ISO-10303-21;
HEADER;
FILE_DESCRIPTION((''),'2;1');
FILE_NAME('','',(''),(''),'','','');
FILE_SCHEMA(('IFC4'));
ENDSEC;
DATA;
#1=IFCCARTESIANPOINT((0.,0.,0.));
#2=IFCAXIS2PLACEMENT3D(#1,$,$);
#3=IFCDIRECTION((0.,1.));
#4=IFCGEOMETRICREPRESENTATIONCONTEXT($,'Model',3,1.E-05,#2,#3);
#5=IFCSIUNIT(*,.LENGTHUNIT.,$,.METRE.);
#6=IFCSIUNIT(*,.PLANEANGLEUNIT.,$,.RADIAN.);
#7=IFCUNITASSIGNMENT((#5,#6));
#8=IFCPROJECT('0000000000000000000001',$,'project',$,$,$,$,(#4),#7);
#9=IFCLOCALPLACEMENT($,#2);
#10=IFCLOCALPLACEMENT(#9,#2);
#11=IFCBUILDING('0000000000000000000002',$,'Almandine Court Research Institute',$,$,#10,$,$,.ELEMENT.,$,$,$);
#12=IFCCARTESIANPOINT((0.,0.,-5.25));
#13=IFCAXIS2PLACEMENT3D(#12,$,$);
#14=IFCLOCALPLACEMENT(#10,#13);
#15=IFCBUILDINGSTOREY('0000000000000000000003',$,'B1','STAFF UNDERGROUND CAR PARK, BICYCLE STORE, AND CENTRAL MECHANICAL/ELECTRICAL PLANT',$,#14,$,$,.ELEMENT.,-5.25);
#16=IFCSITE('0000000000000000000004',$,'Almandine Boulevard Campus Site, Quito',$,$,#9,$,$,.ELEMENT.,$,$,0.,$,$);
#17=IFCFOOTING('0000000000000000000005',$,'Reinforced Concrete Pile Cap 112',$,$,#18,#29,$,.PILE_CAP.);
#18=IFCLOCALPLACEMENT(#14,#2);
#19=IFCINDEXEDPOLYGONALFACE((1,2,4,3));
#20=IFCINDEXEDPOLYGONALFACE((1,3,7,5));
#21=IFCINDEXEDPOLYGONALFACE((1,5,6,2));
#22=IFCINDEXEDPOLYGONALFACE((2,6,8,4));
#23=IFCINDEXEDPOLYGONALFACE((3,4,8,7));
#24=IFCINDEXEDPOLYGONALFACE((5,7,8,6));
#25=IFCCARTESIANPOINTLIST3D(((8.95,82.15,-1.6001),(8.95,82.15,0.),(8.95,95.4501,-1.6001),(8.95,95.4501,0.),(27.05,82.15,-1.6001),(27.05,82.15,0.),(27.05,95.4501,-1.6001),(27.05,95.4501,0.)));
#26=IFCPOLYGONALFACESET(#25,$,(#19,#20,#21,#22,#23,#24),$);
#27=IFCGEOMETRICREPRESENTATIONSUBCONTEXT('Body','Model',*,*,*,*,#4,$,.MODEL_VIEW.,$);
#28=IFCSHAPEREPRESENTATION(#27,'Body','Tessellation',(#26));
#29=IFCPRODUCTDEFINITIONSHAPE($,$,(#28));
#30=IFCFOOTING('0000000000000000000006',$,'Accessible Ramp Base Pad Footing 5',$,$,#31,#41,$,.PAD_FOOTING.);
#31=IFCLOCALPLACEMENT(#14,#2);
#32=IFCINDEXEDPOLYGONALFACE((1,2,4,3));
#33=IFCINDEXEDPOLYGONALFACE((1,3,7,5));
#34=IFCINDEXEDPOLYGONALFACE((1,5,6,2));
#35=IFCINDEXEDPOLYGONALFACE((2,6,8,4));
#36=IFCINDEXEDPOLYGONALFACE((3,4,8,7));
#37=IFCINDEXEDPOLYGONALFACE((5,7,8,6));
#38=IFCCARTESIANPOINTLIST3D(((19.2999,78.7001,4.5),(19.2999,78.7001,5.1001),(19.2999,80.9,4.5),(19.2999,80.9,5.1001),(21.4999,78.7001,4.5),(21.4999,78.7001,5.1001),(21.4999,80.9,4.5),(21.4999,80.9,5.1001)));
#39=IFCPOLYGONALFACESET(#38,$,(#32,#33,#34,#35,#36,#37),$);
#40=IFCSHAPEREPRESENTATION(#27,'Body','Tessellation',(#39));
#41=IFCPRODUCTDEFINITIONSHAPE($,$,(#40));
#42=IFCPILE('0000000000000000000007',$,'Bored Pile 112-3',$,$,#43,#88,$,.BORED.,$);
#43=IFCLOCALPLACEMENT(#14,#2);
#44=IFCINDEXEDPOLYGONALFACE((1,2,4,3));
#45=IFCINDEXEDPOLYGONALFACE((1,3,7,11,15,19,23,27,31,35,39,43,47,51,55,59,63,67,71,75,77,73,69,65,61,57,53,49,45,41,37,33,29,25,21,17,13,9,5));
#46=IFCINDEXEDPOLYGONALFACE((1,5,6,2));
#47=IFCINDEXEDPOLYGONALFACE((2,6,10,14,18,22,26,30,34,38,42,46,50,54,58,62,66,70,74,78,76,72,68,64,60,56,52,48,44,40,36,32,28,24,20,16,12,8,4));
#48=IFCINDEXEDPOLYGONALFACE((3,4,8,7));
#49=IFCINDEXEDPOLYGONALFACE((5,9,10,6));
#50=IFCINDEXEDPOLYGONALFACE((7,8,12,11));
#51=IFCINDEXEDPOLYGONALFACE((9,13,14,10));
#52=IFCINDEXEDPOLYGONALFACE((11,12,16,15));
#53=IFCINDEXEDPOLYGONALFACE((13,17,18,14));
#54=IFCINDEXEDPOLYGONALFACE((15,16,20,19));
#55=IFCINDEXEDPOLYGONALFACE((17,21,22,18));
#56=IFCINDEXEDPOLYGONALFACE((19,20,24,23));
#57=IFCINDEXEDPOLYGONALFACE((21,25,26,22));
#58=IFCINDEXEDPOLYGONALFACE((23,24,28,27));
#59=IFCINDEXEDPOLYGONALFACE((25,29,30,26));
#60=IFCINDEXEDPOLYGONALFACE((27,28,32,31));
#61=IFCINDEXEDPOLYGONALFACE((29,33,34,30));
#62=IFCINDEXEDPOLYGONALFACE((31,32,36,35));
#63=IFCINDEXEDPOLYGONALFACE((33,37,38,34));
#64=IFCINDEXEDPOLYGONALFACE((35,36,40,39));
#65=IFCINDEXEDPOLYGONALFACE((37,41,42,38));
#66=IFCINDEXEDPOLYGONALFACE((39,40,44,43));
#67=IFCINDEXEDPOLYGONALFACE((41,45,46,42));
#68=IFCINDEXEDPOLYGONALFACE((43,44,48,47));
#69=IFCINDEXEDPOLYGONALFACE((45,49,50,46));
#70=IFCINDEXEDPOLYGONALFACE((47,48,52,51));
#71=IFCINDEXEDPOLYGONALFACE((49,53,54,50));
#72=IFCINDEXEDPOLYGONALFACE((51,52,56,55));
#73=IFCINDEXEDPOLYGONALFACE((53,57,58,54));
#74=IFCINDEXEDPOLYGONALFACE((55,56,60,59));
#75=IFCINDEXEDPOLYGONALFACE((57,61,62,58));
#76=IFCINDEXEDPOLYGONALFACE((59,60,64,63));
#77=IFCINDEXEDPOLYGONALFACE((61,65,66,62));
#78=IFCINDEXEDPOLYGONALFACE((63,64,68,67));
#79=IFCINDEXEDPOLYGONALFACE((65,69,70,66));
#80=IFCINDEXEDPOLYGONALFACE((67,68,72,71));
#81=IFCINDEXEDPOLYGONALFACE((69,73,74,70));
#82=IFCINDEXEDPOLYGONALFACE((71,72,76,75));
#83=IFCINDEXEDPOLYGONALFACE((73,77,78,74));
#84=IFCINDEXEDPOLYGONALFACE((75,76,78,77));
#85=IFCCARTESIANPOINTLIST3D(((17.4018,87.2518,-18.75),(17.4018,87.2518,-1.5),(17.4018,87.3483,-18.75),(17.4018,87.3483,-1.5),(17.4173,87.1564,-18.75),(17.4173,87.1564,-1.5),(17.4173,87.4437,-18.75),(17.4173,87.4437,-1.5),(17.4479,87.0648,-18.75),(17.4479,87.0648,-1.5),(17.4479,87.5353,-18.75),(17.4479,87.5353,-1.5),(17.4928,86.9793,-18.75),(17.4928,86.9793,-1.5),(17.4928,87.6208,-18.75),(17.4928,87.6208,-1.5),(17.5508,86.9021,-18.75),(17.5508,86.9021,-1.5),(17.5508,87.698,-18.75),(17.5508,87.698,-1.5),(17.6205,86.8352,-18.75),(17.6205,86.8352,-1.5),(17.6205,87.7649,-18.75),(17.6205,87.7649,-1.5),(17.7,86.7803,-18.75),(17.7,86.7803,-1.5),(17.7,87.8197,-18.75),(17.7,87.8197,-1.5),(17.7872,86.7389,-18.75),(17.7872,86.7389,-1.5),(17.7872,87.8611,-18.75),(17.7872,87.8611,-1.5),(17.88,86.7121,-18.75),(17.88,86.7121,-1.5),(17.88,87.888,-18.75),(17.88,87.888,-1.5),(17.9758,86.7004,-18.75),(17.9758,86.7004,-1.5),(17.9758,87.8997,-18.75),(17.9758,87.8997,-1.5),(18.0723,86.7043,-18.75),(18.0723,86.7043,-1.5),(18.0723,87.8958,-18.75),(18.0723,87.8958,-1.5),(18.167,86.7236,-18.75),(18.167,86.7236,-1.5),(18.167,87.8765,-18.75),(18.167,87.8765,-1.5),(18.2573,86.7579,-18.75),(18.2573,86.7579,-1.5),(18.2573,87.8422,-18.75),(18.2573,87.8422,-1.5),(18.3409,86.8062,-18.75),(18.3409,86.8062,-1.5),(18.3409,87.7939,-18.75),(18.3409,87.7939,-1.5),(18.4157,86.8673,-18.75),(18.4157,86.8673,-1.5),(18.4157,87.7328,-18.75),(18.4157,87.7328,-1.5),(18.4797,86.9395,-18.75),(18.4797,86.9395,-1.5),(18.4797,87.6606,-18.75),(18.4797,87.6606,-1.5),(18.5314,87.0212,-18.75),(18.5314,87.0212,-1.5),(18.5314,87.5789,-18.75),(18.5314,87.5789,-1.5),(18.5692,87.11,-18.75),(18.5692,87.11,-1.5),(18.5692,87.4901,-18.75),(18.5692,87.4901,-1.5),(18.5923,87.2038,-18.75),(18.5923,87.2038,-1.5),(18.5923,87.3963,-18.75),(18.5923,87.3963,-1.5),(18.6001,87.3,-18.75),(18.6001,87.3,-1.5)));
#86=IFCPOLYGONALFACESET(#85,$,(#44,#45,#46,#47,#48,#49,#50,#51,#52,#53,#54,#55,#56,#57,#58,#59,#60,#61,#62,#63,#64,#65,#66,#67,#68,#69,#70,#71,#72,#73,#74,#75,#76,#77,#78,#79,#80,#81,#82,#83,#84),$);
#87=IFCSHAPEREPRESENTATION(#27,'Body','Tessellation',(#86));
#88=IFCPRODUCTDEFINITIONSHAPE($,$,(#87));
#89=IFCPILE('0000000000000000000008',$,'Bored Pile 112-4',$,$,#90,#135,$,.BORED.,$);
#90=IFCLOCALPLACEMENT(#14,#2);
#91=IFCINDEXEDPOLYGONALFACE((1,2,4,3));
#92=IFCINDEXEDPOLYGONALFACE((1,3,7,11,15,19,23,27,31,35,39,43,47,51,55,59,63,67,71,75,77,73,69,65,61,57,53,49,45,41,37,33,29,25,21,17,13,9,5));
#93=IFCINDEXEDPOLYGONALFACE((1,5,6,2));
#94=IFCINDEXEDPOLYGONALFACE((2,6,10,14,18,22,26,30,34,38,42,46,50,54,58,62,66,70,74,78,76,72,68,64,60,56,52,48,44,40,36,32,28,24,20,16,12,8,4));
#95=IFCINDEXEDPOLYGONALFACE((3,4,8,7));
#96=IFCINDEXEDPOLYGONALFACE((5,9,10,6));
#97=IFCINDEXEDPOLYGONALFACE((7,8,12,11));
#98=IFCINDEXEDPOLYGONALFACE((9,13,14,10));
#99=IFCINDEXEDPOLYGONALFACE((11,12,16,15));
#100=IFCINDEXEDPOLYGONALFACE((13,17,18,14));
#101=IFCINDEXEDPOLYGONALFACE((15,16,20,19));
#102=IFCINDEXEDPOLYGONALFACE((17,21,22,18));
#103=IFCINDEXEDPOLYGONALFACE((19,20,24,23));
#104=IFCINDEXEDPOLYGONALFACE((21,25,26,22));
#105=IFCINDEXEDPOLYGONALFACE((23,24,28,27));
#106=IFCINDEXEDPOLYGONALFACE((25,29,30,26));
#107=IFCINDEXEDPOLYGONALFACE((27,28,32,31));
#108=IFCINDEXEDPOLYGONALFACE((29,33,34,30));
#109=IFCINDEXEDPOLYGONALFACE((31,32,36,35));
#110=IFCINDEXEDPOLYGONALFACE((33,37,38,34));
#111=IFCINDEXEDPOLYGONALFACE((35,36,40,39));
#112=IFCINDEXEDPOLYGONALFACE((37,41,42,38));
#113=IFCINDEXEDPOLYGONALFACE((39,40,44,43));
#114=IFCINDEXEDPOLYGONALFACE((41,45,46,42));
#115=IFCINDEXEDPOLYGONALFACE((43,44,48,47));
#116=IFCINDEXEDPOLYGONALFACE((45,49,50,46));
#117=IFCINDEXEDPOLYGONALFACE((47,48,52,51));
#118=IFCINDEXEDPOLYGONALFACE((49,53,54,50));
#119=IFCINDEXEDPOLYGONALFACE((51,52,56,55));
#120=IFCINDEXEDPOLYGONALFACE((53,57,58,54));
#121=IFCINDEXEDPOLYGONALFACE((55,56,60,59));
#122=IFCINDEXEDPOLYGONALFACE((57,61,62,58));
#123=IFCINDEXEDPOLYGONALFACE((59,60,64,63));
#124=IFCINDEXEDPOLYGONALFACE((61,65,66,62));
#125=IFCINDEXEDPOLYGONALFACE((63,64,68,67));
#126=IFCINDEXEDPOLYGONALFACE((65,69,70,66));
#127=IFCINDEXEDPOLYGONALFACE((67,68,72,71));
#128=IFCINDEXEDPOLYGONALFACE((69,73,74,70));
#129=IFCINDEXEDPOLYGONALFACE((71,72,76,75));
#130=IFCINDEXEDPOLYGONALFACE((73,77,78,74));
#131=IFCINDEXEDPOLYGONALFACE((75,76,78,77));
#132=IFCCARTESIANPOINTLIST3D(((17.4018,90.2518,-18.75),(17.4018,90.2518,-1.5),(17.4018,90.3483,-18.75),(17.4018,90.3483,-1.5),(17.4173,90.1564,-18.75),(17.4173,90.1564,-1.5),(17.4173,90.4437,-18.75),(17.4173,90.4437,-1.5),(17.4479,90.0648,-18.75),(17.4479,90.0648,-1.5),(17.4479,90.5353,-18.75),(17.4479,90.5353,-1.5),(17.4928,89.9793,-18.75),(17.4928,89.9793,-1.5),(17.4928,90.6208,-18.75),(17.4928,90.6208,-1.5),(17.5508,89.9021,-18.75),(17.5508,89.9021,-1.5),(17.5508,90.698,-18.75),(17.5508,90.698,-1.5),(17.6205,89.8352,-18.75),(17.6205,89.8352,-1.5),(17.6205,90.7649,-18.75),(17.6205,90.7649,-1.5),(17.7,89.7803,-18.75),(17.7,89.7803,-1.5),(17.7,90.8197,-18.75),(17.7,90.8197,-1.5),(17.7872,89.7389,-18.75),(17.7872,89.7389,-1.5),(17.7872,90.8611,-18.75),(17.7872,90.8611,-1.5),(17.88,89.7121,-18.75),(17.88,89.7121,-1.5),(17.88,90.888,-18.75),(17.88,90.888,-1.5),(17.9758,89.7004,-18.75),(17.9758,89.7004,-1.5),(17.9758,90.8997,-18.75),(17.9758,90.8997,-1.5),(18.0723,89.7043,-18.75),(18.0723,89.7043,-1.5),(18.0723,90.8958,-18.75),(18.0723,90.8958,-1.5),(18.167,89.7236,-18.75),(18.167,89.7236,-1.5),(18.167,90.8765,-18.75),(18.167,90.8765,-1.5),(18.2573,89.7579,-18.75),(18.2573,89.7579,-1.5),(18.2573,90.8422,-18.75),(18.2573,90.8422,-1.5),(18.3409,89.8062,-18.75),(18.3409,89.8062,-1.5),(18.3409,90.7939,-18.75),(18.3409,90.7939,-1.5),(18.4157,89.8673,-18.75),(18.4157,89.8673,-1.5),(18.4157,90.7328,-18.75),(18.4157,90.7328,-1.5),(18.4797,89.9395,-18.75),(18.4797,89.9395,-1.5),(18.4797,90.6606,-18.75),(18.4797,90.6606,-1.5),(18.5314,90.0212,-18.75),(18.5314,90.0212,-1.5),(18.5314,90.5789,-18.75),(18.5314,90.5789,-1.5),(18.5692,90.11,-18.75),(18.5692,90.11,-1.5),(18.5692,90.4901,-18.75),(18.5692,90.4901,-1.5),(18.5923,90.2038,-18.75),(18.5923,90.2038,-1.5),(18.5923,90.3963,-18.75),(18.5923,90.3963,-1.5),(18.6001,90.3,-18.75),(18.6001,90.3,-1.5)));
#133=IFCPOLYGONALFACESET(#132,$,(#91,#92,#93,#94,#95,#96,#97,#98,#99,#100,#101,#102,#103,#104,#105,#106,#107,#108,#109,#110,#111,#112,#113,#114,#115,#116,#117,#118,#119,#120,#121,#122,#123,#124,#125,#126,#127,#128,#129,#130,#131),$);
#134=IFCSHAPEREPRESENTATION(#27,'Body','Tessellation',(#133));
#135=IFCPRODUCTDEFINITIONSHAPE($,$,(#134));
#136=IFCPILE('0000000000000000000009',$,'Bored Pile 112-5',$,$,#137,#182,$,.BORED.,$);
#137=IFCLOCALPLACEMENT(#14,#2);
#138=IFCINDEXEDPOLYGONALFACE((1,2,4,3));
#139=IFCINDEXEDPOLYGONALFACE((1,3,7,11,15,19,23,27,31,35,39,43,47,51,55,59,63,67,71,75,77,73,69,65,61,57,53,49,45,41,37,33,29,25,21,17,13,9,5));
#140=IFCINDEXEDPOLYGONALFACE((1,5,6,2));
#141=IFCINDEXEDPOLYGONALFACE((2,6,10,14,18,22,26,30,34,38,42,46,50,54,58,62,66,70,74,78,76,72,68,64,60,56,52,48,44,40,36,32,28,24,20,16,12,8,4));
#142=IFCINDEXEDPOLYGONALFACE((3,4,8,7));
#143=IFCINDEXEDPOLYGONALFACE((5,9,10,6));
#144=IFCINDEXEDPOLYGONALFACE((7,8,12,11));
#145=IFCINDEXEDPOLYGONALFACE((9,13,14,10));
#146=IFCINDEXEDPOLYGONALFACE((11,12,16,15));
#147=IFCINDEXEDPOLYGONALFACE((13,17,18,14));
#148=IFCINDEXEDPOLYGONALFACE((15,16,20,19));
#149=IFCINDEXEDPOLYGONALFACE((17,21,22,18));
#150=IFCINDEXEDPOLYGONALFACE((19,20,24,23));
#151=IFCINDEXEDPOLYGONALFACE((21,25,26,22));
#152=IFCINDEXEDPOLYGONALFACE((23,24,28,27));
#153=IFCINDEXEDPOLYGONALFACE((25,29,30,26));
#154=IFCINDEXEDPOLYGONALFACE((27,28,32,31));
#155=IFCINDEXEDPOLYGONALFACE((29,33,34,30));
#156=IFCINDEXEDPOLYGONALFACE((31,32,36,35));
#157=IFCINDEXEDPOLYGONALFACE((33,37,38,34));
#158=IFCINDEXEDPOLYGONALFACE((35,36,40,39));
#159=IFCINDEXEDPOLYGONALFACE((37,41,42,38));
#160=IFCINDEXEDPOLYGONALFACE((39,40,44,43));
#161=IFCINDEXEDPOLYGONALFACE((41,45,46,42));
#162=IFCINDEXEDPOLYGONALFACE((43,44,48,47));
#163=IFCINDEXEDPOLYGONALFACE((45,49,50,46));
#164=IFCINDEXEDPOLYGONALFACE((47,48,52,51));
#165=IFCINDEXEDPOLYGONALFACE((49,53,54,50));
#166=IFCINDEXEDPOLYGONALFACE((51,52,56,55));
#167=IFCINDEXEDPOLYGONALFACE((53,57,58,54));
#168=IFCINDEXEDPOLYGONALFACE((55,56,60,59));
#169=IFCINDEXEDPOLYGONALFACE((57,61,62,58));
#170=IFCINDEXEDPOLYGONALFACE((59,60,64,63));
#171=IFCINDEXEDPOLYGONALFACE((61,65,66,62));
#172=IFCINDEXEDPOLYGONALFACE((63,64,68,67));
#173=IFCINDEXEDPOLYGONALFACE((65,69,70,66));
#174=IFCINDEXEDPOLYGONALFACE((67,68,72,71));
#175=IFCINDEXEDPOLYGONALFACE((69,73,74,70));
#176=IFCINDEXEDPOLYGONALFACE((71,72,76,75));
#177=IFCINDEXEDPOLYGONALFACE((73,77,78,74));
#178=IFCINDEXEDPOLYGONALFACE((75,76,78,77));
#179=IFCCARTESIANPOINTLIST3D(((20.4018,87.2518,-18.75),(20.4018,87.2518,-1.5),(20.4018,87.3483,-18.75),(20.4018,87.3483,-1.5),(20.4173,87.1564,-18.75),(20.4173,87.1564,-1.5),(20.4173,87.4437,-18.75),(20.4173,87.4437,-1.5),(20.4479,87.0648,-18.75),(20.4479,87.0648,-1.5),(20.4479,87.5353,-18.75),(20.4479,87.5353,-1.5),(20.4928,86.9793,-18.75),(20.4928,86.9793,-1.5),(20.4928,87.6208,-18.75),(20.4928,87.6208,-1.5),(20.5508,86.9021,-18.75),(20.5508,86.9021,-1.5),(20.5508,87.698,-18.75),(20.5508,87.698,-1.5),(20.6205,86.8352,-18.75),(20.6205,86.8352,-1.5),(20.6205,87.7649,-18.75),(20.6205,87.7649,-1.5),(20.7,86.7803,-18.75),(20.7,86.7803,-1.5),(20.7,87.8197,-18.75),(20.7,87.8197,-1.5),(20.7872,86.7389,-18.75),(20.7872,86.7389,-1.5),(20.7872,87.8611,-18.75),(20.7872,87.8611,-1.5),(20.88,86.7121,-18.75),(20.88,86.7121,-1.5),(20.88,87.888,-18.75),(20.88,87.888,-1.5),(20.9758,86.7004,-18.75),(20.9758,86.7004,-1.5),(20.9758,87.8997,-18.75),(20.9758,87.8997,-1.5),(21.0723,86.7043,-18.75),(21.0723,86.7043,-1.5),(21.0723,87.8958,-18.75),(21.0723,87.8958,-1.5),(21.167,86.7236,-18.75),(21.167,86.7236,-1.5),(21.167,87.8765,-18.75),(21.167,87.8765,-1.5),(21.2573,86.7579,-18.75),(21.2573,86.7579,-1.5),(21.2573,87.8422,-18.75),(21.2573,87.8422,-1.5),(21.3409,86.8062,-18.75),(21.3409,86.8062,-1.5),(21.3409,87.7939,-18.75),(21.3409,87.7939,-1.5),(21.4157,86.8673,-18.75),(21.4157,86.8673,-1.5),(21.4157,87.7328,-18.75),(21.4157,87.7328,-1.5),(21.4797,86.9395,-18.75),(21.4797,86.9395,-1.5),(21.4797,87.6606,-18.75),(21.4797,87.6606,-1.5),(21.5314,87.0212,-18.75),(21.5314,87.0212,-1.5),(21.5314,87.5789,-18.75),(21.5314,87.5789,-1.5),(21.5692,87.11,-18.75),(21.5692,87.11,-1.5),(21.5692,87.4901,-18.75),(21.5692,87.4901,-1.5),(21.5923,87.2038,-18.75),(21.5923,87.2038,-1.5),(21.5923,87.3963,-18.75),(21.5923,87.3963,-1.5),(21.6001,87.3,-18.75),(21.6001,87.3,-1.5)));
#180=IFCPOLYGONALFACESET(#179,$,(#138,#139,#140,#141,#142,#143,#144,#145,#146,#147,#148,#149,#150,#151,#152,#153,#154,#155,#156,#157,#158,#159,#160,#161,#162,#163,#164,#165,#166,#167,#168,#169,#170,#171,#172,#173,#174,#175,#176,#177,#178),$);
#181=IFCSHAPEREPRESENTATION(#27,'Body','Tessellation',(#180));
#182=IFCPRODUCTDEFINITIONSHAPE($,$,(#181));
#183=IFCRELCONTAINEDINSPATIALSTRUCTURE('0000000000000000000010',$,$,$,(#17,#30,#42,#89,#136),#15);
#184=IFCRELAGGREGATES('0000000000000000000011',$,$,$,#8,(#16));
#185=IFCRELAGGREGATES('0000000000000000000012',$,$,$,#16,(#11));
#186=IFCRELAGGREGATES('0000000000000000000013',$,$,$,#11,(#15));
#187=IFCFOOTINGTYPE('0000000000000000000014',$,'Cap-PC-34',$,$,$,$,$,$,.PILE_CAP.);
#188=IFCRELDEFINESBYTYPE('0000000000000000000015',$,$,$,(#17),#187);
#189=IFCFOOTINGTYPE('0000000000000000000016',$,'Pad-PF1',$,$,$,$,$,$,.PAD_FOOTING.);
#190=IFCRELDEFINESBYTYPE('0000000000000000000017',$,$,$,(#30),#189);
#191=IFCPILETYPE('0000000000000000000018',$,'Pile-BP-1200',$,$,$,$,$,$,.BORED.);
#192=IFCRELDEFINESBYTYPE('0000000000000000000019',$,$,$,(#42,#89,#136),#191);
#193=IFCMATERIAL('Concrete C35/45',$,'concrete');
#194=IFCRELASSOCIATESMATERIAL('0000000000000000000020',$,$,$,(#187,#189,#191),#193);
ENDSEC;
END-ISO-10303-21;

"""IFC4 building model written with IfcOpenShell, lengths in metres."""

from ifc_helpers import new_model, si_unit, direction, frame, origin, origin_2d, place, context, subcontext, project, spatial, rectangle, circle, extrude, material, material_profile, profile_set, type_object, element, save


model = new_model("IFC4")

# Units and contexts
model_context = context("Model", 3, precision=1e-05, world=origin(), true_north=direction((0.0, 1.0)))
body_context = subcontext(model_context, "Body", "Model", "MODEL_VIEW")
ifc_project = project(units=[si_unit("LENGTHUNIT", "METRE"), si_unit("PLANEANGLEUNIT", "RADIAN")], contexts=[model_context])

# Site, building, storey
site_placement = place(None, origin())
site = spatial("IfcSite", under=ifc_project, at=site_placement, Name="Almandine Boulevard Campus Site, Quito", CompositionType="ELEMENT", RefElevation=0.0)
building_placement = place(site_placement, origin())
building = spatial("IfcBuilding", under=site, at=building_placement, Name="Almandine Court Research Institute", CompositionType="ELEMENT")
storey_placement = place(building_placement, frame((0.0, 0.0, -5.25)))
storey = spatial("IfcBuildingStorey", under=building, at=storey_placement, Name="B1", Description="STAFF UNDERGROUND CAR PARK, BICYCLE STORE, AND CENTRAL MECHANICAL/ELECTRICAL PLANT", CompositionType="ELEMENT", Elevation=-5.25)

# Footings
ifc_material_1 = material(Name="Concrete C35/45", Category="concrete")
footing_type_1 = type_object("IfcFootingType", Name="Cap-PC-34", PredefinedType="PILE_CAP", material=ifc_material_1)
footing_1_placement = place(storey_placement, frame((18.0, 88.8, -1.6001), z_axis=(0.0, 0.0, 1.0), x_axis=(1.0, 0.0, 0.0)))
element("IfcFooting", 1, at=footing_1_placement, inside=storey, type_object=footing_type_1, Name="Reinforced Concrete Pile Cap 112", PredefinedType="PILE_CAP", context=body_context, shape_type="SweptSolid", body=[
    extrude(rectangle(XDim=18.1001, YDim=13.3, at=origin_2d()), origin(), (0.0, 0.0, 1.0), 1.6001),
])
footing_type_2 = type_object("IfcFootingType", Name="Pad-PF1", PredefinedType="PAD_FOOTING", material=ifc_material_1)
footing_2_placement = place(storey_placement, frame((20.3999, 79.8, 4.5), z_axis=(0.0, 0.0, 1.0), x_axis=(1.0, 0.0, 0.0)))
element("IfcFooting", 2, at=footing_2_placement, inside=storey, type_object=footing_type_2, Name="Accessible Ramp Base Pad Footing 5", PredefinedType="PAD_FOOTING", context=body_context, shape_type="SweptSolid", body=[
    extrude(rectangle(XDim=2.2, YDim=2.2, at=origin_2d()), origin(), (0.0, 0.0, 1.0), 0.6001),
])

# Piles
ifc_material_profile_1 = material_profile(ifc_material_1, circle(Radius=0.6001, at=origin_2d()), Name="BORED PILE D1200")
ifc_profile_set_1 = profile_set([ifc_material_profile_1], Name="Concrete C35/45")
pile_type = type_object("IfcPileType", Name="Pile-BP-1200", PredefinedType="BORED", material=ifc_profile_set_1)
for number, where, z_axis, x_axis, name in (
    (3, (18.0, 87.3, -1.5), (0.0, 0.0, -1.0), (1.0, 0.0, 0.0), "Bored Pile 112-3"),
    (4, (18.0, 90.3, -1.5), (0.0, 0.0, -1.0), (1.0, 0.0, 0.0), "Bored Pile 112-4"),
    (5, (21.0, 87.3, -1.5), (0.0, 0.0, -1.0), (1.0, 0.0, 0.0), "Bored Pile 112-5"),
):
    element("IfcPile", number, at=place(storey_placement, frame(where, z_axis=z_axis, x_axis=x_axis)), inside=storey, type_object=pile_type, Name=name, PredefinedType="BORED", context=body_context, shape_type="SweptSolid", body=[
        extrude(circle(Radius=0.6001, at=origin_2d()), origin(), (0.0, 0.0, 1.0), 17.25),
    ])

save(model, "model.ifc")
